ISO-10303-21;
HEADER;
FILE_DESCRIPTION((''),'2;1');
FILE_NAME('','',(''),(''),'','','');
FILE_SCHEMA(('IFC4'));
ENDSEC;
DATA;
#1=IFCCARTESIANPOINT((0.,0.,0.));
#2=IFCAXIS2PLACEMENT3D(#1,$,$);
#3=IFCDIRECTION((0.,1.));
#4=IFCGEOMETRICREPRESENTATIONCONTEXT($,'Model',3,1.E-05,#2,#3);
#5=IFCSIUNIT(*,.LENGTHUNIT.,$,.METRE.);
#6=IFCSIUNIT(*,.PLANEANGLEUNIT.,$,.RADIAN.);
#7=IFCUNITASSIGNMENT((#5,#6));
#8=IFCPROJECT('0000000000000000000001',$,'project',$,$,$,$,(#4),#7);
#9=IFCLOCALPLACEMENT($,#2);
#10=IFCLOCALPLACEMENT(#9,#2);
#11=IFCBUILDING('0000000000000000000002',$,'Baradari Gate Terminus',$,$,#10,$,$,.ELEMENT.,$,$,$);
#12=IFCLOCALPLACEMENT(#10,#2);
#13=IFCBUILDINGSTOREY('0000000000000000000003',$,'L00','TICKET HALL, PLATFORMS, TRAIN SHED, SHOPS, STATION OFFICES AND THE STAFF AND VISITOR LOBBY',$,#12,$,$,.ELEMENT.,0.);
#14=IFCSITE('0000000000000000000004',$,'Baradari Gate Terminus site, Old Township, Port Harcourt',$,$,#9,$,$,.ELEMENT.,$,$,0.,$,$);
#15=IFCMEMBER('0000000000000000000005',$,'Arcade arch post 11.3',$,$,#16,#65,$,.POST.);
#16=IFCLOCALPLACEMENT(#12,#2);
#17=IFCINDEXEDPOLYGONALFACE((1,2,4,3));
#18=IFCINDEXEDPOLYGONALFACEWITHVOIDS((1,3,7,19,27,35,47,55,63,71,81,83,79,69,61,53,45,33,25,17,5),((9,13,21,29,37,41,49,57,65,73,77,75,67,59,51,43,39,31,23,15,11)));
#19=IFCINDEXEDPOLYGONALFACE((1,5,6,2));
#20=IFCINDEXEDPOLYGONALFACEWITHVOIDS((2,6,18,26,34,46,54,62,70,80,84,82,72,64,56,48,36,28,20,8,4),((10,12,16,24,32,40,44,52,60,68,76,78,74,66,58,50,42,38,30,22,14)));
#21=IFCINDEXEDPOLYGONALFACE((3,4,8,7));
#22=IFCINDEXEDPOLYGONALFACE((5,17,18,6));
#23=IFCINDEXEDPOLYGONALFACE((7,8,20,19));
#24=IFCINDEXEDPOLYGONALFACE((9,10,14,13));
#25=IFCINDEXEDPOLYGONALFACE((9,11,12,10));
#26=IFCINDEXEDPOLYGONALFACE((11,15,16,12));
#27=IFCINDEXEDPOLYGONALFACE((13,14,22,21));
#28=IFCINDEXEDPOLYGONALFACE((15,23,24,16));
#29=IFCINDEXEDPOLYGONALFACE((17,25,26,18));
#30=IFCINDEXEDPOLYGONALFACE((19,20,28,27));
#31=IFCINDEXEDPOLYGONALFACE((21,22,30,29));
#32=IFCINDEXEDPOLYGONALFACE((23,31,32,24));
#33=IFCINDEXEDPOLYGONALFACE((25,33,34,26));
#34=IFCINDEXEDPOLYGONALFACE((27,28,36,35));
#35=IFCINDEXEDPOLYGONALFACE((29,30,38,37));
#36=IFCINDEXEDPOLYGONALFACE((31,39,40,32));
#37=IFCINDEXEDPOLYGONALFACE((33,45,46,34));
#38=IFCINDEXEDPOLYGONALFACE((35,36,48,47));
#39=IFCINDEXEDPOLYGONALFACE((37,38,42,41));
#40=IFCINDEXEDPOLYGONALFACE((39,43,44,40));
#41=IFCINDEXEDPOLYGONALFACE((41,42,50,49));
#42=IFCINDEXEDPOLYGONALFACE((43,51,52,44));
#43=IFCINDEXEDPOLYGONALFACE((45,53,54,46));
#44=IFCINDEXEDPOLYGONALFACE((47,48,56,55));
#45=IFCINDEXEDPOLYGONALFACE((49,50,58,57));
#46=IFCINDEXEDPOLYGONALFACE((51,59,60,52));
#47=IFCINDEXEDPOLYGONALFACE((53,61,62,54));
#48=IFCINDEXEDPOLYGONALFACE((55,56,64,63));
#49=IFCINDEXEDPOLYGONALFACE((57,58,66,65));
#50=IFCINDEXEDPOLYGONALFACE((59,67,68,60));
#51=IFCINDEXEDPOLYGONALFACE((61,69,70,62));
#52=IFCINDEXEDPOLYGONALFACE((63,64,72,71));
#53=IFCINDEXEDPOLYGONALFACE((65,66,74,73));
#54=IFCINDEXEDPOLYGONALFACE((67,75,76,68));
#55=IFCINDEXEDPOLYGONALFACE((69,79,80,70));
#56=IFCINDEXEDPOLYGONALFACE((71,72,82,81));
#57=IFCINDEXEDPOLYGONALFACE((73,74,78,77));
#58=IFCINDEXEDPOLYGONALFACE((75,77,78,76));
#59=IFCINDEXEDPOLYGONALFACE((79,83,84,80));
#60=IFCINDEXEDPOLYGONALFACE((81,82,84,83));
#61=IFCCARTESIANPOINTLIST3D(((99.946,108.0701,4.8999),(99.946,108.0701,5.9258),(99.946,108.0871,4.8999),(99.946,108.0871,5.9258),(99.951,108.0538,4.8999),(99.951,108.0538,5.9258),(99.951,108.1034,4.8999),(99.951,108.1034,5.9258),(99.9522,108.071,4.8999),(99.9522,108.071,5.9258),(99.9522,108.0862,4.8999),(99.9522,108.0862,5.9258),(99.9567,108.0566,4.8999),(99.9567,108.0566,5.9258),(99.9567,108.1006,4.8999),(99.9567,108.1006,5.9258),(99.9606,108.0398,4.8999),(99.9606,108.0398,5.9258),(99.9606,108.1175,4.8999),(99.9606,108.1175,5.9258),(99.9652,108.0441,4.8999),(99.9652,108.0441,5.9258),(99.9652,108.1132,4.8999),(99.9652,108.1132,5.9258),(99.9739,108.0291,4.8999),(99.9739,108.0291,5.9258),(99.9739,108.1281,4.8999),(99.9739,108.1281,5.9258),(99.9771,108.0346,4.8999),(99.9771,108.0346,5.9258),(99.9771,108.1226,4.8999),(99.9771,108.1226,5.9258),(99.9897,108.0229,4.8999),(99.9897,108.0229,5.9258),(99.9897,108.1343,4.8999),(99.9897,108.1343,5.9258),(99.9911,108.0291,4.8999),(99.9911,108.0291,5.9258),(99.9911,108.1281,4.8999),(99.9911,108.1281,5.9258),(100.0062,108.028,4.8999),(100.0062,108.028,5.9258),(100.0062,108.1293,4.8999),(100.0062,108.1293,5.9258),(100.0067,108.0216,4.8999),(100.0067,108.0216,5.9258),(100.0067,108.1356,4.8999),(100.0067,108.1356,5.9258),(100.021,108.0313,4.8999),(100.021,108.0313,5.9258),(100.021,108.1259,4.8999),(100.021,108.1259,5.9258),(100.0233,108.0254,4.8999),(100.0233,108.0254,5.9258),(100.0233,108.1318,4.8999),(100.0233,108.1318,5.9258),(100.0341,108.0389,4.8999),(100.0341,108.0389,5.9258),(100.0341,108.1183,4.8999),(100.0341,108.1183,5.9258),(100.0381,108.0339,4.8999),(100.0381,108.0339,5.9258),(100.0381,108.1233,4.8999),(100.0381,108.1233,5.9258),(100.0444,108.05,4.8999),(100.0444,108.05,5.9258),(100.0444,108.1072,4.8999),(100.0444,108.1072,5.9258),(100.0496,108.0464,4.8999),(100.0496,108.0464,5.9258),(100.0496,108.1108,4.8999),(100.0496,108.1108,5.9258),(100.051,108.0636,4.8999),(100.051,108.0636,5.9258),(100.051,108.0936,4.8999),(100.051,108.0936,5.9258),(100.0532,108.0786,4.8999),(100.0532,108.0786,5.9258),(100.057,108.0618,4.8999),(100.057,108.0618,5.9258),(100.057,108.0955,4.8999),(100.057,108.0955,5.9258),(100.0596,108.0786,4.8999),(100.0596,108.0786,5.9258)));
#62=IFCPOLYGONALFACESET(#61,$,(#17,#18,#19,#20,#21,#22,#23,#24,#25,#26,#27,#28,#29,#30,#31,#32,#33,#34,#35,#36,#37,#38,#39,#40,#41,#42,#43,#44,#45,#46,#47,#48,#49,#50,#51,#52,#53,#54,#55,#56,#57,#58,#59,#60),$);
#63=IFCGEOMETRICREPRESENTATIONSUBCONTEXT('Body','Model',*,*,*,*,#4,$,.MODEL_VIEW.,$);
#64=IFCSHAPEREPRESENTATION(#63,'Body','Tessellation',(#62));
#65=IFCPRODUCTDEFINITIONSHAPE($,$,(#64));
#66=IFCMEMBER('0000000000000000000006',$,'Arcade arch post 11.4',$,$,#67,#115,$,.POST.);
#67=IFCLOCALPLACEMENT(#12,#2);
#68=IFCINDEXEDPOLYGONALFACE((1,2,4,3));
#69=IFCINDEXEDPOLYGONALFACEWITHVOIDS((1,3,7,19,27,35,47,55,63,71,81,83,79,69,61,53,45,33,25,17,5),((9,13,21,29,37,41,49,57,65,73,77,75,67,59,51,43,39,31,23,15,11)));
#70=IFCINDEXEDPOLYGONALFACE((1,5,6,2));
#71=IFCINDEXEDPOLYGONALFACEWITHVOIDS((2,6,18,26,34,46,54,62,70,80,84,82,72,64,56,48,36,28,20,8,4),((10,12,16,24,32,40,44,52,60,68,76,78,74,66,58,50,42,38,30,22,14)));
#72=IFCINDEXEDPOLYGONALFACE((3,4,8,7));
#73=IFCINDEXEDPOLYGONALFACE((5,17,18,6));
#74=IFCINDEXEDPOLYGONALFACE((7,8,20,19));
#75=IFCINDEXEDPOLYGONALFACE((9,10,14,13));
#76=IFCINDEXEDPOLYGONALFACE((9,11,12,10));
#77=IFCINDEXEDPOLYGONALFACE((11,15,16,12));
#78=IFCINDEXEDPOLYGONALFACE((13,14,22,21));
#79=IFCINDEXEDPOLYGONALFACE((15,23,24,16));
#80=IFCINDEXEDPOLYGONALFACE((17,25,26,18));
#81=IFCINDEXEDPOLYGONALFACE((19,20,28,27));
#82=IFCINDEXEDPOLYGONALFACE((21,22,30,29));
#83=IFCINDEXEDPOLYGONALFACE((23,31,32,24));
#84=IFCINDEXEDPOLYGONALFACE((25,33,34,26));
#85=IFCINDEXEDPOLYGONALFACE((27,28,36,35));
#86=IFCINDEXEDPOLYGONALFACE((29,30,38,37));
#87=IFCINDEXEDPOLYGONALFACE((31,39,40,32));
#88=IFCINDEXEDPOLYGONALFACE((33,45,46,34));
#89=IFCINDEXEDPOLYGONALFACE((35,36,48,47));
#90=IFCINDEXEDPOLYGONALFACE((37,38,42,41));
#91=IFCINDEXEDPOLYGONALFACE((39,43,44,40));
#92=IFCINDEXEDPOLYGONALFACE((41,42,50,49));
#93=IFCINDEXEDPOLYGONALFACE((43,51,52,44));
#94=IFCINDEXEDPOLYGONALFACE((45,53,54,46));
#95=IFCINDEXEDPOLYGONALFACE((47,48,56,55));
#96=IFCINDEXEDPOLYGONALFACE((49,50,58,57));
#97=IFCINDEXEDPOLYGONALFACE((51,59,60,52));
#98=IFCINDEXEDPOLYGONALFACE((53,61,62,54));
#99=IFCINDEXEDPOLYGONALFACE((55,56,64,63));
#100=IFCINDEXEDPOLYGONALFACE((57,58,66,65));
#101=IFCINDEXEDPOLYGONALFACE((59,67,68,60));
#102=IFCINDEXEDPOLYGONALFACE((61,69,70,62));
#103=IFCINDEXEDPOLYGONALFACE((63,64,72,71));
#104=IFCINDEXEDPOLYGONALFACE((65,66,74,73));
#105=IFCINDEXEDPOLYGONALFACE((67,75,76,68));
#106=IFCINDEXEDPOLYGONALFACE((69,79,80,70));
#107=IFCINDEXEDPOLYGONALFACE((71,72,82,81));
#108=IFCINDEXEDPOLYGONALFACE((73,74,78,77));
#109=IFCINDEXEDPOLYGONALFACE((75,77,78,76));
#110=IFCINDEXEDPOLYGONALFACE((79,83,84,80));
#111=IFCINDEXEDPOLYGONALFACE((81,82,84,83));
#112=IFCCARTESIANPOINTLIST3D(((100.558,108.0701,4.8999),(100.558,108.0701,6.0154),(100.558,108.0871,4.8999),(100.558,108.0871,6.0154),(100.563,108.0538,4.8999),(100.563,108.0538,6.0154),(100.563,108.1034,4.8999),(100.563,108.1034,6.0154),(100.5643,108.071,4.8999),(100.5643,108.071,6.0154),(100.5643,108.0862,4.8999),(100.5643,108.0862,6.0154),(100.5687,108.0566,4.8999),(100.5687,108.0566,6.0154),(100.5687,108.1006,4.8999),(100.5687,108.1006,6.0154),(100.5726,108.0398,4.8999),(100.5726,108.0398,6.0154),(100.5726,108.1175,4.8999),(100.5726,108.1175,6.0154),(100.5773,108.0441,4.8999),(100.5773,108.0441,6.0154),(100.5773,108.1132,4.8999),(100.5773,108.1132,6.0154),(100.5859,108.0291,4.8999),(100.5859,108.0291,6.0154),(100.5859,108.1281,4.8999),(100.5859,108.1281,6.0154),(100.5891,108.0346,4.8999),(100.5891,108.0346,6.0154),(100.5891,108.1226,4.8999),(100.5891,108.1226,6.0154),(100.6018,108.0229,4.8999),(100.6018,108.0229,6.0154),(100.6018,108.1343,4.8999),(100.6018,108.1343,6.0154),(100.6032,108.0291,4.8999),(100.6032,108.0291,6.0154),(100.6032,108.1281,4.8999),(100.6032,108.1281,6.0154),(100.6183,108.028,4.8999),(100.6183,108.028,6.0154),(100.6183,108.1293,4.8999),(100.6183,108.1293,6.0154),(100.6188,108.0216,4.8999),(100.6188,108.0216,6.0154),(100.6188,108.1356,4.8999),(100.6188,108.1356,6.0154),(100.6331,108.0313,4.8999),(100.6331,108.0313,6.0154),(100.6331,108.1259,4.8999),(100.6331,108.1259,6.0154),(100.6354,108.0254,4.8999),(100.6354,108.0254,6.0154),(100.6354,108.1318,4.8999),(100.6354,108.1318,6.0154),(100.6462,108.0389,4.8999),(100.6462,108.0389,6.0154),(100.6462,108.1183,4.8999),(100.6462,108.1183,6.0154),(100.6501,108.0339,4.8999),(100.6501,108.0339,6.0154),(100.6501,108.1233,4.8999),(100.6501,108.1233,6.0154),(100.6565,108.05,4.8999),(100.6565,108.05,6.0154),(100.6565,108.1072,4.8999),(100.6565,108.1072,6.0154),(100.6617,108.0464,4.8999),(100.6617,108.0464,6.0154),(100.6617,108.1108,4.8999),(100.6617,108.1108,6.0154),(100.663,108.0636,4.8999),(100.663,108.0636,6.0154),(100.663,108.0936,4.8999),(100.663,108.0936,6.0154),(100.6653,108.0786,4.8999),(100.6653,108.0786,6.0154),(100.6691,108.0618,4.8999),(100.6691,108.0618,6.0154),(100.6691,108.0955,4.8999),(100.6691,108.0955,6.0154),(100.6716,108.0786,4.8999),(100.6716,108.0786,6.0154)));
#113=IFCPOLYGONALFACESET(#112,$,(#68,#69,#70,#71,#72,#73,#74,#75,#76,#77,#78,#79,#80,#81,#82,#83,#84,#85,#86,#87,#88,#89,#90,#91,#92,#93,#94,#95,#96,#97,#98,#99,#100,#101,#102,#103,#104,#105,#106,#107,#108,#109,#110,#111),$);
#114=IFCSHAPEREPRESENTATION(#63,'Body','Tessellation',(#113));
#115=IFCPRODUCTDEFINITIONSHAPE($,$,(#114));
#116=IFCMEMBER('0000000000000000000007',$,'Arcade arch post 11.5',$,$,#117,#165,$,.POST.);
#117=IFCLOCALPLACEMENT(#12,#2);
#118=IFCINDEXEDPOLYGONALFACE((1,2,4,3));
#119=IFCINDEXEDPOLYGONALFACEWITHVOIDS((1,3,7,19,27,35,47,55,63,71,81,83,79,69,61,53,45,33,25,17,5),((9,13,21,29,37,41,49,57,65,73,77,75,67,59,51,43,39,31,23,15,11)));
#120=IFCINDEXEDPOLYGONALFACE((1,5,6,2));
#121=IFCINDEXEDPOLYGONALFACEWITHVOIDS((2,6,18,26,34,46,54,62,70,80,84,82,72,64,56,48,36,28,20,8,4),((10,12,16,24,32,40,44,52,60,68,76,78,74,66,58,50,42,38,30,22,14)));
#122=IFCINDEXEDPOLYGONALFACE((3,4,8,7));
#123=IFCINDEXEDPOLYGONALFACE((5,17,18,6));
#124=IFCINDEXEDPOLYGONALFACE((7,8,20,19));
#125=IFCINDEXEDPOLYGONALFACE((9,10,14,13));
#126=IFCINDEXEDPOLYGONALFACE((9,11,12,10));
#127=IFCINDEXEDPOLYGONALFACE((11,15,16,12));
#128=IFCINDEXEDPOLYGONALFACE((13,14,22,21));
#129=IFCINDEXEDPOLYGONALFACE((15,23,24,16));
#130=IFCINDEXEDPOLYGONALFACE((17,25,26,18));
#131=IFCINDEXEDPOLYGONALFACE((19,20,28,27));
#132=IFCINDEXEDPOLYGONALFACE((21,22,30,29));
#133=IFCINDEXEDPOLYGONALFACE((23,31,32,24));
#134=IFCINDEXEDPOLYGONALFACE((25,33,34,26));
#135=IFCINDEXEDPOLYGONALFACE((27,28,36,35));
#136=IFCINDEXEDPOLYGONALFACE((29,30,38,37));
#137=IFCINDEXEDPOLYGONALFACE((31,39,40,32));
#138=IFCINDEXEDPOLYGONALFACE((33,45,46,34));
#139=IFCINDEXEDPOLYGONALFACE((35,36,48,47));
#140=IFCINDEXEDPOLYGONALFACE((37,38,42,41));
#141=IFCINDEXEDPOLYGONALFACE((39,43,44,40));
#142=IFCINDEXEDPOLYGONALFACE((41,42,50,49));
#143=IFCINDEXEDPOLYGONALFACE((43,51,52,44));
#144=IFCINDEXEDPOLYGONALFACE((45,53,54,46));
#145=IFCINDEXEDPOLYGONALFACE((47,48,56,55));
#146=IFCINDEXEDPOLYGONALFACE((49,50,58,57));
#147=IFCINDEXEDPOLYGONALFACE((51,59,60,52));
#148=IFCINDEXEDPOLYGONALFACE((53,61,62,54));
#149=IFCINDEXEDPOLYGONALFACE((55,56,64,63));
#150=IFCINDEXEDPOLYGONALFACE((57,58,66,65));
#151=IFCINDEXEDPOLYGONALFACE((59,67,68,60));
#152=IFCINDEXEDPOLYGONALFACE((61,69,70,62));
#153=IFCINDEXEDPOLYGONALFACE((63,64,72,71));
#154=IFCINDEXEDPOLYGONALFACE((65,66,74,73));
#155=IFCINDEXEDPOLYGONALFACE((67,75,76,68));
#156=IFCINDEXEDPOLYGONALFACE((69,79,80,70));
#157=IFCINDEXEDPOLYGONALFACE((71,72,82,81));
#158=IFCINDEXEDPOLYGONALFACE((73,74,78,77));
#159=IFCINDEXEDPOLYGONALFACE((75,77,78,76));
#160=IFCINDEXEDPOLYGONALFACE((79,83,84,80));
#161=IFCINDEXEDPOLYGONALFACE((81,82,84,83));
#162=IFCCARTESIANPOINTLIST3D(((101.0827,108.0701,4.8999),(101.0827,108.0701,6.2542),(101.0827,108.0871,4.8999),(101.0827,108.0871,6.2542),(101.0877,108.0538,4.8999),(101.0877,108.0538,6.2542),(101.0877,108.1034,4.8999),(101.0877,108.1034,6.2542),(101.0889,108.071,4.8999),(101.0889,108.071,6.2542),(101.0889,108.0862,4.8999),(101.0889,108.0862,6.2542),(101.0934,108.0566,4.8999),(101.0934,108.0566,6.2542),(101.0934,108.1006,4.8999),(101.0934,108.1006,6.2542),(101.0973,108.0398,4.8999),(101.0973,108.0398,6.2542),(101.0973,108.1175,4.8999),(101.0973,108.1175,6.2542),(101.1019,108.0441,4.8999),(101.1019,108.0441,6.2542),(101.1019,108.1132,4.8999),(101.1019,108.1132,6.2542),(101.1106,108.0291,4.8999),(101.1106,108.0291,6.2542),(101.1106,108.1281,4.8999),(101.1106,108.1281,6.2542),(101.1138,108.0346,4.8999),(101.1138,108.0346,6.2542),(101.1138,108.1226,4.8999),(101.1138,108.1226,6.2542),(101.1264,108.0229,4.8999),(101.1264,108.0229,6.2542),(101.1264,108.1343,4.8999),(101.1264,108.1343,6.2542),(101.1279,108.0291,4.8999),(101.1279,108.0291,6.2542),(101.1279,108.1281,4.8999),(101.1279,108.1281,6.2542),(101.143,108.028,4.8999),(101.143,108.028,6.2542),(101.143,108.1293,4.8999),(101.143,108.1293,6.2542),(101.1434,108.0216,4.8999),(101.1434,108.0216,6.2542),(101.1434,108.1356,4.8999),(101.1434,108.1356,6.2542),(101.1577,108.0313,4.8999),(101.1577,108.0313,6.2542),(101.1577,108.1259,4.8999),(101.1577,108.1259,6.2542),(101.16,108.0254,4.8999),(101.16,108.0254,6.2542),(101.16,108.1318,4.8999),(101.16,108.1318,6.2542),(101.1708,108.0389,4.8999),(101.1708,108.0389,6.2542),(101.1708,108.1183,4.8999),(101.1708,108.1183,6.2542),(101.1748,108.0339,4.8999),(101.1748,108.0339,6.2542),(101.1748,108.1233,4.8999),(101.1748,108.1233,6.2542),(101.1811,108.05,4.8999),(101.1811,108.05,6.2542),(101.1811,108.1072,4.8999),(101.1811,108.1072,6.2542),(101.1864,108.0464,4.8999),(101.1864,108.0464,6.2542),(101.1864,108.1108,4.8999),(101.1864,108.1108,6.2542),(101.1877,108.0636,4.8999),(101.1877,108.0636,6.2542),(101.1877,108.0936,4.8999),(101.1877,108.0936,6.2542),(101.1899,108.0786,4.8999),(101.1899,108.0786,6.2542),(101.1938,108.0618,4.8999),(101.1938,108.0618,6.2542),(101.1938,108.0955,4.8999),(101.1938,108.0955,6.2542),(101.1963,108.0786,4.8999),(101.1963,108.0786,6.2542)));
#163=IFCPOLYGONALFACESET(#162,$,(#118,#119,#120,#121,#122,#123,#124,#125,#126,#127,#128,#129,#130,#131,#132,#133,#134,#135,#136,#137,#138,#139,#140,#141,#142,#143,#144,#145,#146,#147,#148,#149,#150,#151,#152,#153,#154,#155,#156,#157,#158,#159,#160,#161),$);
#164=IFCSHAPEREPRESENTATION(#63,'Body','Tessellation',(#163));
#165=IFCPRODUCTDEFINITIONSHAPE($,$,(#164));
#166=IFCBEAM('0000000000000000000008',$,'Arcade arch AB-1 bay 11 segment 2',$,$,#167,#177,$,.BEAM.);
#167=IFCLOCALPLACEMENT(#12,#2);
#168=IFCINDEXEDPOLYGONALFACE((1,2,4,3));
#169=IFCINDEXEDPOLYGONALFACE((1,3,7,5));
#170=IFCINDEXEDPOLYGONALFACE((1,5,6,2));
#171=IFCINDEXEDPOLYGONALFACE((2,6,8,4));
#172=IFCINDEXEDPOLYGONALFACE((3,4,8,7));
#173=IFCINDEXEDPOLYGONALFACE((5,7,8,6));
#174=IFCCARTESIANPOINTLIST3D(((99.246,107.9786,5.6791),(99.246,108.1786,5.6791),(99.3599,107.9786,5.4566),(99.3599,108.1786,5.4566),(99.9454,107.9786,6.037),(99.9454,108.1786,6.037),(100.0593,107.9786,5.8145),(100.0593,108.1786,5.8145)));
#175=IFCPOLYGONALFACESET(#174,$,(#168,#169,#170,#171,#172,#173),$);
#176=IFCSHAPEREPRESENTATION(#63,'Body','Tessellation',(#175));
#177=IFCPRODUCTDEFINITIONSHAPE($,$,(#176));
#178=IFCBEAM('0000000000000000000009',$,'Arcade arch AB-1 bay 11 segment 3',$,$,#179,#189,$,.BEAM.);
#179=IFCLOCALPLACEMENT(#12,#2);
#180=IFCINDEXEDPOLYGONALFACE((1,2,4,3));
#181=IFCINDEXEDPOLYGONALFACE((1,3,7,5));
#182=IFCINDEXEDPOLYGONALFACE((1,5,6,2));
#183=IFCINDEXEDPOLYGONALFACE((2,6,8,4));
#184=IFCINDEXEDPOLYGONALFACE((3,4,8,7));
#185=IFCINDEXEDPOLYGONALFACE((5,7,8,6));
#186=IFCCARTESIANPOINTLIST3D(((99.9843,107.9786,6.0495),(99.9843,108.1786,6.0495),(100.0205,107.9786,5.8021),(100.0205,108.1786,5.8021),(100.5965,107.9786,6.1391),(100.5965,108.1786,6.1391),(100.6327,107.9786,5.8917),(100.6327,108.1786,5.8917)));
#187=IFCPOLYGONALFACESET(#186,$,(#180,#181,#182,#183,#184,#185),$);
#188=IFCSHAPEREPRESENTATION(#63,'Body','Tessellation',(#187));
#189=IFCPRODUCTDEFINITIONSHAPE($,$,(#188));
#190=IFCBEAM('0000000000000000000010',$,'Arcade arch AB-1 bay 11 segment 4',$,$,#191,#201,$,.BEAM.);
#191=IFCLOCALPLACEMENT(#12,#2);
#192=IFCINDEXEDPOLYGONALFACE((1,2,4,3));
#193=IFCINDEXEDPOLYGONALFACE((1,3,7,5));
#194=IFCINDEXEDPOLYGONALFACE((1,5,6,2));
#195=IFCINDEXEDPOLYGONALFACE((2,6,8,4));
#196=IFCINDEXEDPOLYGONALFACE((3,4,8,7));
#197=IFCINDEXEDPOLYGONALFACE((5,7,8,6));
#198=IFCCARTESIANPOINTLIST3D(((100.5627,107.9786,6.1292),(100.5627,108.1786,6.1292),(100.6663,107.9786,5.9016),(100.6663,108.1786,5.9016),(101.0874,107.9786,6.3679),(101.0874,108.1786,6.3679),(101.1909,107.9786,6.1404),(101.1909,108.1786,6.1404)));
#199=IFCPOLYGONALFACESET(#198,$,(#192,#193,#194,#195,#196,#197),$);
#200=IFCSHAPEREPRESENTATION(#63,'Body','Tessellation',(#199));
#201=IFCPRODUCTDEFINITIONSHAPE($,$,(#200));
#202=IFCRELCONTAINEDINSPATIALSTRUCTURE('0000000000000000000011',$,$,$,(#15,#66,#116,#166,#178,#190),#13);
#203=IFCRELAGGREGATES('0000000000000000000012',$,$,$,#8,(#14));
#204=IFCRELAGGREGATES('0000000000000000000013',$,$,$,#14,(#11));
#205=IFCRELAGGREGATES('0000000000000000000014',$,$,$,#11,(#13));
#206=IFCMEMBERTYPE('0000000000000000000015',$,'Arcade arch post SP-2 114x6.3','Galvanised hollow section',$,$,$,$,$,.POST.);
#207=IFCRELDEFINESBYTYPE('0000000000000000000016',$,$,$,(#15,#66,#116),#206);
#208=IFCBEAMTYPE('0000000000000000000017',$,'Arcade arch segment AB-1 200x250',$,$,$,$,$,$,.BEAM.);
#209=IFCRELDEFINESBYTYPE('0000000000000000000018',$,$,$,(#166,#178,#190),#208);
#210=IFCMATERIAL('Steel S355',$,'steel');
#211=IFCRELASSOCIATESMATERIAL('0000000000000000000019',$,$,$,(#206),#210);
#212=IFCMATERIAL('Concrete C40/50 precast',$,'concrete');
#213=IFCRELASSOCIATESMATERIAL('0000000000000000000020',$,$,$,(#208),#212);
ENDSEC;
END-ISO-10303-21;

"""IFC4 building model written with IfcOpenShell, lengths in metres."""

from ifc_helpers import new_model, si_unit, direction, frame, origin, origin_2d, place, context, subcontext, project, spatial, rectangle, hollow_circle, extrude, material, material_profile, profile_set, type_object, element, save


model = new_model("IFC4")

# Units and contexts
model_context = context("Model", 3, precision=1e-05, world=origin(), true_north=direction((0.0, 1.0)))
body_context = subcontext(model_context, "Body", "Model", "MODEL_VIEW")
ifc_project = project(units=[si_unit("LENGTHUNIT", "METRE"), si_unit("PLANEANGLEUNIT", "RADIAN")], contexts=[model_context])

# Site, building, storey
site_placement = place(None, origin())
site = spatial("IfcSite", under=ifc_project, at=site_placement, Name="Baradari Gate Terminus site, Old Township, Port Harcourt", CompositionType="ELEMENT", RefElevation=0.0)
building_placement = place(site_placement, origin())
building = spatial("IfcBuilding", under=site, at=building_placement, Name="Baradari Gate Terminus", CompositionType="ELEMENT")
storey_placement = place(building_placement, origin())
storey = spatial("IfcBuildingStorey", under=building, at=storey_placement, Name="L00", Description="TICKET HALL, PLATFORMS, TRAIN SHED, SHOPS, STATION OFFICES AND THE STAFF AND VISITOR LOBBY", CompositionType="ELEMENT", Elevation=0.0)

# Members
ifc_material_1 = material(Name="Steel S355", Category="steel")
ifc_material_profile_1 = material_profile(ifc_material_1, hollow_circle(Radius=0.0571, WallThickness=0.0063, at=origin_2d()), Name="CHS 114.3x6.3")
ifc_profile_set_1 = profile_set([ifc_material_profile_1], Name="Steel S355")
member_type_1 = type_object("IfcMemberType", Name="Arcade arch post SP-2 114x6.3", Description="Galvanised hollow section", PredefinedType="POST", material=ifc_profile_set_1)
member_1_placement = place(storey_placement, frame((100.0024, 108.0786, 4.8999), z_axis=(0.0, 0.0, 1.0), x_axis=(1.0, 0.0, 0.0)))
element("IfcMember", 1, at=member_1_placement, inside=storey, type_object=member_type_1, Name="Arcade arch post 11.3", PredefinedType="POST", context=body_context, shape_type="SweptSolid", body=[
    extrude(hollow_circle(Radius=0.0571, WallThickness=0.0063, at=origin_2d()), origin(), (0.0, 0.0, 1.0), 1.0259),
])
member_2_placement = place(storey_placement, frame((100.6145, 108.0786, 4.8999), z_axis=(0.0, 0.0, 1.0), x_axis=(1.0, 0.0, 0.0)))
element("IfcMember", 2, at=member_2_placement, inside=storey, type_object=member_type_1, Name="Arcade arch post 11.4", PredefinedType="POST", context=body_context, shape_type="SweptSolid", body=[
    extrude(hollow_circle(Radius=0.0571, WallThickness=0.0063, at=origin_2d()), origin(), (0.0, 0.0, 1.0), 1.1155),
])
member_3_placement = place(storey_placement, frame((101.1392, 108.0786, 4.8999), z_axis=(0.0, 0.0, 1.0), x_axis=(1.0, 0.0, 0.0)))
element("IfcMember", 3, at=member_3_placement, inside=storey, type_object=member_type_1, Name="Arcade arch post 11.5", PredefinedType="POST", context=body_context, shape_type="SweptSolid", body=[
    extrude(hollow_circle(Radius=0.0571, WallThickness=0.0063, at=origin_2d()), origin(), (0.0, 0.0, 1.0), 1.3542),
])

# Beams
ifc_material_2 = material(Name="Concrete C40/50 precast", Category="concrete")
ifc_material_profile_2 = material_profile(ifc_material_2, rectangle(XDim=0.2, YDim=0.25, at=origin_2d()), Name="AB-1 200X250")
ifc_profile_set_2 = profile_set([ifc_material_profile_2], Name="Concrete C40/50 precast")
beam_type_1 = type_object("IfcBeamType", Name="Arcade arch segment AB-1 200x250", PredefinedType="BEAM", material=ifc_profile_set_2)
beam_1_placement = place(storey_placement, frame((99.303, 108.0786, 5.5679), z_axis=(0.890225, 0.0, 0.455522), x_axis=(0.0, 1.0, 0.0)))
element("IfcBeam", 4, at=beam_1_placement, inside=storey, type_object=beam_type_1, Name="Arcade arch AB-1 bay 11 segment 2", PredefinedType="BEAM", context=body_context, shape_type="SweptSolid", body=[
    extrude(rectangle(XDim=0.2, YDim=0.25, at=origin_2d()), origin(), (0.0, 0.0, 1.0), 0.7856),
])
beam_2_placement = place(storey_placement, frame((100.0024, 108.0786, 5.9258), z_axis=(0.989454, 0.0, 0.144846), x_axis=(0.0, 1.0, 0.0)))
element("IfcBeam", 5, at=beam_2_placement, inside=storey, type_object=beam_type_1, Name="Arcade arch AB-1 bay 11 segment 3", PredefinedType="BEAM", context=body_context, shape_type="SweptSolid", body=[
    extrude(rectangle(XDim=0.2, YDim=0.25, at=origin_2d()), origin(), (0.0, 0.0, 1.0), 0.6187),
])
beam_3_placement = place(storey_placement, frame((100.6145, 108.0786, 6.0154), z_axis=(0.910178, 0.0, 0.414218), x_axis=(0.0, 1.0, 0.0)))
element("IfcBeam", 6, at=beam_3_placement, inside=storey, type_object=beam_type_1, Name="Arcade arch AB-1 bay 11 segment 4", PredefinedType="BEAM", context=body_context, shape_type="SweptSolid", body=[
    extrude(rectangle(XDim=0.2, YDim=0.25, at=origin_2d()), origin(), (0.0, 0.0, 1.0), 0.5764),
])

save(model, "model.ifc")
